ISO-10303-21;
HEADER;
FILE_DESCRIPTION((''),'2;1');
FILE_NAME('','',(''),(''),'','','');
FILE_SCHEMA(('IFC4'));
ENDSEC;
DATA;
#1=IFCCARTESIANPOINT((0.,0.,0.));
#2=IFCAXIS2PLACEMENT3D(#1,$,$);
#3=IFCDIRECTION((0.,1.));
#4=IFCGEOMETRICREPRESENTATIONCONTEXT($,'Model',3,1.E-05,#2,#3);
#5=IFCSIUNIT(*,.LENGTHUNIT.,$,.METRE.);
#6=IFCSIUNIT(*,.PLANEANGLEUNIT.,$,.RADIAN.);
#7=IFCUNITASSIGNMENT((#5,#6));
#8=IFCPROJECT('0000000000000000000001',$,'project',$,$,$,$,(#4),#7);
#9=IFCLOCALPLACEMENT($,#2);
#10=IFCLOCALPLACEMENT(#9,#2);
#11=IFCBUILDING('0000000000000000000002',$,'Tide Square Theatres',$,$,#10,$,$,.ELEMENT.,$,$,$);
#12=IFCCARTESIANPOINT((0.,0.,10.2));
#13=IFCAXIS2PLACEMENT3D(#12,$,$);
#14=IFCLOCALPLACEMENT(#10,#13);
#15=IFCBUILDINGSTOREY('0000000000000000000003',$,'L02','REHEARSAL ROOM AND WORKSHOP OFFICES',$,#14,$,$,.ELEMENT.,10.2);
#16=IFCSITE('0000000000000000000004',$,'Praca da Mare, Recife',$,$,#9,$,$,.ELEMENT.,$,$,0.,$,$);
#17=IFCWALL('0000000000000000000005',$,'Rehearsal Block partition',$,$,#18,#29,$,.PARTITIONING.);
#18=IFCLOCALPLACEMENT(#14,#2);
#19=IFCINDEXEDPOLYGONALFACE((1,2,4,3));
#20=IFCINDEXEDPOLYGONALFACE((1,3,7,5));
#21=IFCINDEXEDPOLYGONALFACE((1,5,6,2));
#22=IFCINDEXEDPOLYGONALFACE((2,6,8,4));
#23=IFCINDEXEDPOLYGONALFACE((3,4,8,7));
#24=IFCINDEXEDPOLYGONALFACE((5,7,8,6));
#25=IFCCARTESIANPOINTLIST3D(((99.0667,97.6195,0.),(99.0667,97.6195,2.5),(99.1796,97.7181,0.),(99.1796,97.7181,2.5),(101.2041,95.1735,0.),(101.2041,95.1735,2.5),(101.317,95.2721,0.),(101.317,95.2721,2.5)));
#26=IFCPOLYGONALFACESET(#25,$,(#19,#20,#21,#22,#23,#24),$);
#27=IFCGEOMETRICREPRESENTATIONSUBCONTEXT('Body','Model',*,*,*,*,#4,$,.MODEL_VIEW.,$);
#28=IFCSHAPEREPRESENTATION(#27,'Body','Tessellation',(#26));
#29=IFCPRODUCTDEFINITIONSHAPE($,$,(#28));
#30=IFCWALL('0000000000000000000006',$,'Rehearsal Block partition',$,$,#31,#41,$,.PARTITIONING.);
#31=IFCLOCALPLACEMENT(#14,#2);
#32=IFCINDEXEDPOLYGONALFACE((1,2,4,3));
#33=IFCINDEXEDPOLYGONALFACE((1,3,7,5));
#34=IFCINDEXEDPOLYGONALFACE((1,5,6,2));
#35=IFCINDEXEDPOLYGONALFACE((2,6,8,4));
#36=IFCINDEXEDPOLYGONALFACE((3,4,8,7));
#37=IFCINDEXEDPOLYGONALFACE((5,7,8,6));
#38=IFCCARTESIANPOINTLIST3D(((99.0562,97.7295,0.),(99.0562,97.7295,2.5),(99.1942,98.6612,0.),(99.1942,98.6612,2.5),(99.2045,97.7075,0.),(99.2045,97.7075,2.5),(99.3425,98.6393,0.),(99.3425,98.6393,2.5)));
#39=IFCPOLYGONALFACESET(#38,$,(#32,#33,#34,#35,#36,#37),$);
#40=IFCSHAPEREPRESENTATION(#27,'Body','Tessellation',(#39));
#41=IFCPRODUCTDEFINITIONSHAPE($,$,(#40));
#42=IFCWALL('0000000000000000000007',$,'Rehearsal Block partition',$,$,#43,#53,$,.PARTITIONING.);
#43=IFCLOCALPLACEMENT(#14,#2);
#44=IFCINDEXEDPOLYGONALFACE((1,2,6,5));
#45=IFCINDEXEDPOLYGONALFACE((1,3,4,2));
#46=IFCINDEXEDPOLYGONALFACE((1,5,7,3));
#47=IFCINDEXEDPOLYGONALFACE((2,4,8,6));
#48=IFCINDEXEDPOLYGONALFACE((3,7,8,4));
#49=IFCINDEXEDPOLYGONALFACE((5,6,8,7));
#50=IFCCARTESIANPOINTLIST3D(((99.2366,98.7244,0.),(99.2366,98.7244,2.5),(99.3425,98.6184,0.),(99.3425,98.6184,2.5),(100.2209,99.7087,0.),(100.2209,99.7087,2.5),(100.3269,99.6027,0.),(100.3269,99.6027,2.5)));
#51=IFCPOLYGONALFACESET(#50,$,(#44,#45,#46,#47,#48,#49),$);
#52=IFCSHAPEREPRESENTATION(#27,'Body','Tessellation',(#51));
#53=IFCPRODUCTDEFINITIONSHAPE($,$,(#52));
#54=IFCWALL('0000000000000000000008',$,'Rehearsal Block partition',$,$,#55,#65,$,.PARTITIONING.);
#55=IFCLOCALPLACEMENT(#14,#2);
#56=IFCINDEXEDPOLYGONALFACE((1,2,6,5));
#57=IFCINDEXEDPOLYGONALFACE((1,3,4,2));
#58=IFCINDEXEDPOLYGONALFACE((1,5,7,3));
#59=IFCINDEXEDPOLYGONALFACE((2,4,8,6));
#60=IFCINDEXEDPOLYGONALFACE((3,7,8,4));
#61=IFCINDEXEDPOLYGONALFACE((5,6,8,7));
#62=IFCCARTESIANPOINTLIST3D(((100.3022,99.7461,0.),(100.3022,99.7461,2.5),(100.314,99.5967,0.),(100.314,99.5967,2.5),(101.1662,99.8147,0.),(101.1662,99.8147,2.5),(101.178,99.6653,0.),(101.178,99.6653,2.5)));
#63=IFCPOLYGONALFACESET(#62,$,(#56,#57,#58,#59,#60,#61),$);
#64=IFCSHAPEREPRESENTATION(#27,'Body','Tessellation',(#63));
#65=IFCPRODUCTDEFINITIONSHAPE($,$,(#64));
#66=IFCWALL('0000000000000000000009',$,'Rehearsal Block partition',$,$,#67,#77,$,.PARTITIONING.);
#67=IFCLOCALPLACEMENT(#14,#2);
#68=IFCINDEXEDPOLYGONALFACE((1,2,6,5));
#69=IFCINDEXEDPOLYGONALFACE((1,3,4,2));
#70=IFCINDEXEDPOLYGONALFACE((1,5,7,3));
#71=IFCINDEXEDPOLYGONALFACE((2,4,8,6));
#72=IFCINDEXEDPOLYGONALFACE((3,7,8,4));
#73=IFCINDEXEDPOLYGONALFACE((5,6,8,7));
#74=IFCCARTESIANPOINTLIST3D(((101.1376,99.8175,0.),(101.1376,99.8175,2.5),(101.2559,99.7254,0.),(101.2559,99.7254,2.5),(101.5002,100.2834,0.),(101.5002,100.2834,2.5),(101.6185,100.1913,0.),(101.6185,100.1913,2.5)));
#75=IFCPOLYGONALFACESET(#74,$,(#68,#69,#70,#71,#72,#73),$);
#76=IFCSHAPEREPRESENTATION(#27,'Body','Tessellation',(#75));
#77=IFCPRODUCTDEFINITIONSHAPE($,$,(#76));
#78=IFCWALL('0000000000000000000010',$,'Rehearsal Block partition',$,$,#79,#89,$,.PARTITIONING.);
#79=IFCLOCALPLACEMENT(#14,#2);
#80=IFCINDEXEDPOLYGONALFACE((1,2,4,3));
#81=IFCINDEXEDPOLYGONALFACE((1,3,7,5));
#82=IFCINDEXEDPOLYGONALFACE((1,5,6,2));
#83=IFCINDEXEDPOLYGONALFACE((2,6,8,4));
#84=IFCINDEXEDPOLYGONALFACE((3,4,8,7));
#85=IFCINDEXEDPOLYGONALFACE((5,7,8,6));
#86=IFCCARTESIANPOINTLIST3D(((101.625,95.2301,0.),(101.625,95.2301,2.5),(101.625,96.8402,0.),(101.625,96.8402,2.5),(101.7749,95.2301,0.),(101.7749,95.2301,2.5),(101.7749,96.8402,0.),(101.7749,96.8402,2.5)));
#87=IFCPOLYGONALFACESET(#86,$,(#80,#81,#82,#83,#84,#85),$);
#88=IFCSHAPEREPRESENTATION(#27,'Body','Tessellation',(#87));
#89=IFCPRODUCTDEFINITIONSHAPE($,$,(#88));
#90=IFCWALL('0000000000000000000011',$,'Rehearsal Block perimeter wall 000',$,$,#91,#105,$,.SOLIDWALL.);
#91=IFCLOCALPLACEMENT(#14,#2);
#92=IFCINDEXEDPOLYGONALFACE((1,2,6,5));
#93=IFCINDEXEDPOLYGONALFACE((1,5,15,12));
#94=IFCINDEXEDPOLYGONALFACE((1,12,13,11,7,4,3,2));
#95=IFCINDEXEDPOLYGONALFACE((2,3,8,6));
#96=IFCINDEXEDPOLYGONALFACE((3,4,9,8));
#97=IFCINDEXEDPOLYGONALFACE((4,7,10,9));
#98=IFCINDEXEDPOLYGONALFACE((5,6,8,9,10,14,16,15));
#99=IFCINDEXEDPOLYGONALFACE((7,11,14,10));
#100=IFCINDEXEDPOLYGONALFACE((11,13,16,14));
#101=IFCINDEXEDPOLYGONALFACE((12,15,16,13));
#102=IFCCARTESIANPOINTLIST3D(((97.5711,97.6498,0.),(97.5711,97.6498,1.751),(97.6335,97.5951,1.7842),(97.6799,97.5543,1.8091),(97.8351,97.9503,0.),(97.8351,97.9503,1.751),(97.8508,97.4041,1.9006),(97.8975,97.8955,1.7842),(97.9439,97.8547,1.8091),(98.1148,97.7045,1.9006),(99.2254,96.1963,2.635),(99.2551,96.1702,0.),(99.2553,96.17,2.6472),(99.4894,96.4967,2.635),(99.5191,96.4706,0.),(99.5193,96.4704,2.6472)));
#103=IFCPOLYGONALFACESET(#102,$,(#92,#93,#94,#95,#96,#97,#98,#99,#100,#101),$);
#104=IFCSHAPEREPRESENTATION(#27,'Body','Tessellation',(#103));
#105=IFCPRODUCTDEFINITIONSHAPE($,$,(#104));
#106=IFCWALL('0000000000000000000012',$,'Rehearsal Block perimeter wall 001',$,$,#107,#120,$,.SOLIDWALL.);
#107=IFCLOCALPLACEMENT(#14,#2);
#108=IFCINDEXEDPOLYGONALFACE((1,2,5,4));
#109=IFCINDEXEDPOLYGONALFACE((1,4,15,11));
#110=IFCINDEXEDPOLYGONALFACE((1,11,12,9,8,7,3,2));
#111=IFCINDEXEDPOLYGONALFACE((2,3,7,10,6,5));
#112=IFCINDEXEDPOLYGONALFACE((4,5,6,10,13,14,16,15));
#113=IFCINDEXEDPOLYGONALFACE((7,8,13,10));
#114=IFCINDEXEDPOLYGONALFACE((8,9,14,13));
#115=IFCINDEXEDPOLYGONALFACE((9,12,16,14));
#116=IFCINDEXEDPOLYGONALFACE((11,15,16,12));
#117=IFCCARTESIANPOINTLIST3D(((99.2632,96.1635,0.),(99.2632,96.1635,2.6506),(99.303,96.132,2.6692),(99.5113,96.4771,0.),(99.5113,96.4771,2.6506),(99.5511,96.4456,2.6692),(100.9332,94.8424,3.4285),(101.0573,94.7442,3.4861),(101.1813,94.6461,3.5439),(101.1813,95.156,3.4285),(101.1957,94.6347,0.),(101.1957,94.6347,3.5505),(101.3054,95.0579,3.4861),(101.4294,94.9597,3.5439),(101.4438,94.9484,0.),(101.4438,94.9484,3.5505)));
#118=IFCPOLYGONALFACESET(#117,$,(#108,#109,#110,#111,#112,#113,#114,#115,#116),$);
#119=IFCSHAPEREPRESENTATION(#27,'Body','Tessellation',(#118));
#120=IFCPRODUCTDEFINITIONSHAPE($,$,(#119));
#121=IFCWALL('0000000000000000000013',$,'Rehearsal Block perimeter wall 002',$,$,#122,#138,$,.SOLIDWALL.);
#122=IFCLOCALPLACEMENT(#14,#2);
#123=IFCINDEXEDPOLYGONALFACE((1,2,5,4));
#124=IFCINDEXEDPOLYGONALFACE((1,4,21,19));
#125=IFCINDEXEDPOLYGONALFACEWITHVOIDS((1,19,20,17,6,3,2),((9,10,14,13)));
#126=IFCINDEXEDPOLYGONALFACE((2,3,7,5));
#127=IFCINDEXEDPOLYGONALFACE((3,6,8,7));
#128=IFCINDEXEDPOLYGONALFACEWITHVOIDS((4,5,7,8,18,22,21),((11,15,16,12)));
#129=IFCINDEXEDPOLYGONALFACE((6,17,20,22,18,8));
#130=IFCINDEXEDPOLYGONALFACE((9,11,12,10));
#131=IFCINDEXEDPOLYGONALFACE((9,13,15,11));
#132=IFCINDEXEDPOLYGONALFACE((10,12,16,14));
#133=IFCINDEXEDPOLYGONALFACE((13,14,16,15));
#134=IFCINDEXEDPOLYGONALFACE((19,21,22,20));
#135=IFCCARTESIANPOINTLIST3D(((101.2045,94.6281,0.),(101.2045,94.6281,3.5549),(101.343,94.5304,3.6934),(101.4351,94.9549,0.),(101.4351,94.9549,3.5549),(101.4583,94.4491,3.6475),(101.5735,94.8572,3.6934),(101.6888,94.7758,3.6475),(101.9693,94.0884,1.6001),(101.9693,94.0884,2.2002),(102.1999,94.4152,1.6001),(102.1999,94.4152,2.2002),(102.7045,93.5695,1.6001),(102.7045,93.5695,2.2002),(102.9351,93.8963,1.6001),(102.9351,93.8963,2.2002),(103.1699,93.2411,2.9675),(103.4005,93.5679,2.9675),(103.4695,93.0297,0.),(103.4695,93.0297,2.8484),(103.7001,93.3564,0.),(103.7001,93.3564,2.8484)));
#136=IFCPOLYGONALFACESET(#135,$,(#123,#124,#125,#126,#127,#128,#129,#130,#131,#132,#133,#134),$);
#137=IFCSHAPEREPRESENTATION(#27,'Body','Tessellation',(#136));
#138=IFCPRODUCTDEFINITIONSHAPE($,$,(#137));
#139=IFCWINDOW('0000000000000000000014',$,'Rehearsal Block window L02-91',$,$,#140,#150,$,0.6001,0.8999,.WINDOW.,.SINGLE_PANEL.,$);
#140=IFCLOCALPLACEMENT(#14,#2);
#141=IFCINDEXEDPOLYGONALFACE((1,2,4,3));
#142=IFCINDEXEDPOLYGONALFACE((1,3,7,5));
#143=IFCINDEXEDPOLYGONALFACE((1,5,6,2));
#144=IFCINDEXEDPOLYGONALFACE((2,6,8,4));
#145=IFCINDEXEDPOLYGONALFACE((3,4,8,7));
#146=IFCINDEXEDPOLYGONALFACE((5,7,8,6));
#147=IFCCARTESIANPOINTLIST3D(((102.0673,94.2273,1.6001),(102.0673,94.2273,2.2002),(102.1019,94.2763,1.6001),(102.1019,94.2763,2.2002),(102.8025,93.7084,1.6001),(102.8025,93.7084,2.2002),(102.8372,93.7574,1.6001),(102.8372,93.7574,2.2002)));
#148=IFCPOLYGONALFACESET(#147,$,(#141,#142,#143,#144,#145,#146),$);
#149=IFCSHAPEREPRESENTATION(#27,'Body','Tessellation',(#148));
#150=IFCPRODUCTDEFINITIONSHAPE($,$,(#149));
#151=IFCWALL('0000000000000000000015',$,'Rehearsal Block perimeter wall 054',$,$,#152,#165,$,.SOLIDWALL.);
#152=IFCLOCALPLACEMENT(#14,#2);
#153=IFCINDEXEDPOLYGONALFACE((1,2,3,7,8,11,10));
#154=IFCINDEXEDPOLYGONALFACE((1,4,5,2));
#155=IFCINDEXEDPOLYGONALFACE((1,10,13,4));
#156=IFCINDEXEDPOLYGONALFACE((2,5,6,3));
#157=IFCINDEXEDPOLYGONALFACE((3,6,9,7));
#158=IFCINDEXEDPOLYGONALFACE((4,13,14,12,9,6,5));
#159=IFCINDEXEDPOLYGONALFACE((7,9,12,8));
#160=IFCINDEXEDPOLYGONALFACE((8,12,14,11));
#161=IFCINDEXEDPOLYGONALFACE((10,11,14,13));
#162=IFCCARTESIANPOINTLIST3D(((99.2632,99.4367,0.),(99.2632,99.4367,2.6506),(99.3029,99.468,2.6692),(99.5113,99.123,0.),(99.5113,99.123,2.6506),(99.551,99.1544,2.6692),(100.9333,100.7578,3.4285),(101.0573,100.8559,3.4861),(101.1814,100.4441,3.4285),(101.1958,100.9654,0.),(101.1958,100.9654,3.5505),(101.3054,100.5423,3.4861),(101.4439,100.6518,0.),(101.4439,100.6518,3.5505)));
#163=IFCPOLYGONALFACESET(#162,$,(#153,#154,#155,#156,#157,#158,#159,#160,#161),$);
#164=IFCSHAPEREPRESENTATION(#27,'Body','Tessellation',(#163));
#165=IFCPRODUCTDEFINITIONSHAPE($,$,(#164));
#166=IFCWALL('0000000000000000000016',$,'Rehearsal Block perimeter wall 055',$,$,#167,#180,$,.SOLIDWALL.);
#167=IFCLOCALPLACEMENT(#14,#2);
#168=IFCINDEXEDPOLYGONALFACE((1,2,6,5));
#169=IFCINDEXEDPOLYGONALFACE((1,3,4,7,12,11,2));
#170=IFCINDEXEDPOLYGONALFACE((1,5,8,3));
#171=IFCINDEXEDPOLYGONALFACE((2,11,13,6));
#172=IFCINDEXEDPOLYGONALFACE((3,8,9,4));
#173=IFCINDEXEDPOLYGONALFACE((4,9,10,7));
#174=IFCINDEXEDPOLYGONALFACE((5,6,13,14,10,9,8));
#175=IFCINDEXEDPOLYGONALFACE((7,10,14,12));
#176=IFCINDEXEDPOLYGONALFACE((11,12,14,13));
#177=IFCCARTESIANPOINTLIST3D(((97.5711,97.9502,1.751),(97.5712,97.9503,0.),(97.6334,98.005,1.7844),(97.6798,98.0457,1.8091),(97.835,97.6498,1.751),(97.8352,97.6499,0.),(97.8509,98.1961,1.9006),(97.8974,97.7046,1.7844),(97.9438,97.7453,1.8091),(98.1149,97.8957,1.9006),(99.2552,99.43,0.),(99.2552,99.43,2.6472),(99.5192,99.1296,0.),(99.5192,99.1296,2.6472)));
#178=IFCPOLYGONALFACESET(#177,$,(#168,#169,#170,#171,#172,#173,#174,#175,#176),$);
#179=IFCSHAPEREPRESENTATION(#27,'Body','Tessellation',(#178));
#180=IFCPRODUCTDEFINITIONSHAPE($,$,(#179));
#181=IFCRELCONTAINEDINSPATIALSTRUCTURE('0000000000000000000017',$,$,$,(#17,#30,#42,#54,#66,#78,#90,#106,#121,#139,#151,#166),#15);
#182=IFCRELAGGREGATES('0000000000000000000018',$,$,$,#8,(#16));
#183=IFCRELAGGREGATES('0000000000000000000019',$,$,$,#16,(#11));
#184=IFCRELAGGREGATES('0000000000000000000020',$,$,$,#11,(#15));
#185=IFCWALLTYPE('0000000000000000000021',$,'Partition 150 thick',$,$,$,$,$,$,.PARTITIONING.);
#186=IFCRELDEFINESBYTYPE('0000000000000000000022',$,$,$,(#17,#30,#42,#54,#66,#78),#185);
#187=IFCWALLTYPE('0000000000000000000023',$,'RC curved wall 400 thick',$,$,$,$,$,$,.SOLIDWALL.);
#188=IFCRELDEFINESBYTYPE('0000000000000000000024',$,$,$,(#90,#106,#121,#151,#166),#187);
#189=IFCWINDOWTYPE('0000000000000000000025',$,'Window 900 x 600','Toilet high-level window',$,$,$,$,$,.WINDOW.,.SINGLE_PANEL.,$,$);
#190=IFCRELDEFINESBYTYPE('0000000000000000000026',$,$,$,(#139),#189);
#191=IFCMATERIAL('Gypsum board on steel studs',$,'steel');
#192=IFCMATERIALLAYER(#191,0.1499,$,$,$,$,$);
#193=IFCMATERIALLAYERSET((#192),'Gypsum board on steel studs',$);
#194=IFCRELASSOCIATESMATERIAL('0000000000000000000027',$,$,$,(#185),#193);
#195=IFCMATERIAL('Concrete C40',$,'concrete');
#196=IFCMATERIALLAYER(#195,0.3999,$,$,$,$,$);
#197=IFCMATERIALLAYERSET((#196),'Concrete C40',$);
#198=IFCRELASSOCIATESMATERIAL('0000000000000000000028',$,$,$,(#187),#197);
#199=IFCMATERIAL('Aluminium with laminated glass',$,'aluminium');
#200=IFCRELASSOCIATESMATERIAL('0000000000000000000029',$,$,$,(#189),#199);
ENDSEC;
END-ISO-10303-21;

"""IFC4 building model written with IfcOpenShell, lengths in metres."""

from ifc_helpers import new_model, si_unit, direction, frame, frame_2d, origin, place, context, subcontext, project, spatial, polyline, rectangle, outline, extrude, material, layer, layer_set, type_object, element, fill, save


model = new_model("IFC4")

# Units and contexts
model_context = context("Model", 3, precision=1e-05, world=origin(), true_north=direction((0.0, 1.0)))
body_context = subcontext(model_context, "Body", "Model", "MODEL_VIEW")
ifc_project = project(units=[si_unit("LENGTHUNIT", "METRE"), si_unit("PLANEANGLEUNIT", "RADIAN")], contexts=[model_context])

# Site, building, storey
site_placement = place(None, origin())
site = spatial("IfcSite", under=ifc_project, at=site_placement, Name="Praca da Mare, Recife", CompositionType="ELEMENT", RefElevation=0.0)
building_placement = place(site_placement, origin())
building = spatial("IfcBuilding", under=site, at=building_placement, Name="Tide Square Theatres", CompositionType="ELEMENT")
storey_placement = place(building_placement, frame((0.0, 0.0, 10.2)))
storey = spatial("IfcBuildingStorey", under=building, at=storey_placement, Name="L02", Description="REHEARSAL ROOM AND WORKSHOP OFFICES", CompositionType="ELEMENT", Elevation=10.2)

# Walls
ifc_material_1 = material(Name="Gypsum board on steel studs", Category="steel")
ifc_layer_1 = layer(ifc_material_1, 0.1499)
ifc_layer_set_1 = layer_set([ifc_layer_1], Name="Gypsum board on steel studs")
wall_type_1 = type_object("IfcWallType", Name="Partition 150 thick", PredefinedType="PARTITIONING", material=ifc_layer_set_1)
wall_1_placement = place(storey_placement, frame((101.2605, 95.2229, 0.0), z_axis=(0.0, 0.0, 1.0), x_axis=(-0.65801, 0.75301, 0.0)))
element("IfcWall", 1, at=wall_1_placement, inside=storey, type_object=wall_type_1, Name="Rehearsal Block partition", PredefinedType="PARTITIONING", context=body_context, shape_type="SweptSolid", body=[
    extrude(rectangle(XDim=3.2483, YDim=0.1499, at=frame_2d((1.624, 0.0))), origin(), (0.0, 0.0, 1.0), 2.5),
])
wall_2_placement = place(storey_placement, frame((99.1304, 97.7185, 0.0), z_axis=(0.0, 0.0, 1.0), x_axis=(0.146464, 0.989216, 0.0)))
element("IfcWall", 2, at=wall_2_placement, inside=storey, type_object=wall_type_1, Name="Rehearsal Block partition", PredefinedType="PARTITIONING", context=body_context, shape_type="SweptSolid", body=[
    extrude(rectangle(XDim=0.9419, YDim=0.1499, at=frame_2d((0.4709, 0.0))), origin(), (0.0, 0.0, 1.0), 2.5),
])
wall_3_placement = place(storey_placement, frame((99.2896, 98.6714, 0.0), z_axis=(0.0, 0.0, 1.0), x_axis=(0.707107, 0.707107, 0.0)))
element("IfcWall", 3, at=wall_3_placement, inside=storey, type_object=wall_type_1, Name="Rehearsal Block partition", PredefinedType="PARTITIONING", context=body_context, shape_type="SweptSolid", body=[
    extrude(rectangle(XDim=1.3921, YDim=0.1499, at=frame_2d((0.696, 0.0))), origin(), (0.0, 0.0, 1.0), 2.5),
])
wall_4_placement = place(storey_placement, frame((100.3081, 99.6714, 0.0), z_axis=(0.0, 0.0, 1.0), x_axis=(0.996863, 0.079152, 0.0)))
element("IfcWall", 4, at=wall_4_placement, inside=storey, type_object=wall_type_1, Name="Rehearsal Block partition", PredefinedType="PARTITIONING", context=body_context, shape_type="SweptSolid", body=[
    extrude(rectangle(XDim=0.8667, YDim=0.1499, at=frame_2d((0.4333, 0.0))), origin(), (0.0, 0.0, 1.0), 2.5),
])
wall_5_placement = place(storey_placement, frame((101.1968, 99.7715, 0.0), z_axis=(0.0, 0.0, 1.0), x_axis=(0.614198, 0.789152, 0.0)))
element("IfcWall", 5, at=wall_5_placement, inside=storey, type_object=wall_type_1, Name="Rehearsal Block partition", PredefinedType="PARTITIONING", context=body_context, shape_type="SweptSolid", body=[
    extrude(rectangle(XDim=0.5903, YDim=0.1499, at=frame_2d((0.2952, 0.0))), origin(), (0.0, 0.0, 1.0), 2.5),
])
wall_6_placement = place(storey_placement, frame((101.7, 95.23, 0.0), z_axis=(0.0, 0.0, 1.0), x_axis=(0.0, 1.0, 0.0)))
element("IfcWall", 6, at=wall_6_placement, inside=storey, type_object=wall_type_1, Name="Rehearsal Block partition", PredefinedType="PARTITIONING", context=body_context, shape_type="SweptSolid", body=[
    extrude(rectangle(XDim=1.6101, YDim=0.1499, at=frame_2d((0.8052, 0.0))), origin(), (0.0, 0.0, 1.0), 2.5),
])
ifc_material_2 = material(Name="Concrete C40", Category="concrete")
ifc_layer_2 = layer(ifc_material_2, 0.3999)
ifc_layer_set_2 = layer_set([ifc_layer_2], Name="Concrete C40")
wall_type_2 = type_object("IfcWallType", Name="RC curved wall 400 thick", PredefinedType="SOLIDWALL", material=ifc_layer_set_2)
wall_7_placement = place(storey_placement, frame((97.7031, 97.8, 0.0), z_axis=(0.0, 0.0, 1.0), x_axis=(0.751212, -0.660061, 0.0)))
element("IfcWall", 7, at=wall_7_placement, inside=storey, type_object=wall_type_2, Name="Rehearsal Block perimeter wall 000", PredefinedType="SOLIDWALL", context=body_context, shape_type="SweptSolid", body=[
    extrude(outline(polyline([(0.0, 0.0), (2.2417, 0.0), (2.2419, 2.6472), (2.2021, 2.635), (0.3723, 1.9006), (0.1448, 1.8091), (0.083, 1.7842), (0.0, 1.751), (0.0, 0.0)])), frame((0.0, 0.2, 0.0), z_axis=(0.0, -1.0, 0.0), x_axis=(1.0, 0.0, 0.0)), (0.0, 0.0, 1.0), 0.3999),
])
wall_8_placement = place(storey_placement, frame((99.3872, 96.3203, 0.0), z_axis=(0.0, 0.0, 1.0), x_axis=(0.784279, -0.620409, 0.0)))
element("IfcWall", 8, at=wall_8_placement, inside=storey, type_object=wall_type_2, Name="Rehearsal Block perimeter wall 001", PredefinedType="SOLIDWALL", context=body_context, shape_type="SweptSolid", body=[
    extrude(outline(polyline([(0.0, 0.0), (2.4641, 0.0), (2.4641, 3.5505), (2.4458, 3.5439), (2.2876, 3.4861), (2.1294, 3.4285), (0.0508, 2.6692), (0.0, 2.6506), (0.0, 0.0)])), frame((0.0, 0.2, 0.0), z_axis=(0.0, -1.0, 0.0), x_axis=(1.0, 0.0, 0.0)), (0.0, 0.0, 1.0), 0.3999),
])

# Wall, opening, window
wall_9_placement = place(storey_placement, frame((101.3198, 94.7915, 0.0), z_axis=(0.0, 0.0, 1.0), x_axis=(0.817029, -0.576597, 0.0)))
wall_9 = element("IfcWall", 9, at=wall_9_placement, inside=storey, type_object=wall_type_2, Name="Rehearsal Block perimeter wall 002", PredefinedType="SOLIDWALL", context=body_context, shape_type="SweptSolid", body=[
    extrude(outline(polyline([(0.0, 0.0), (2.7722, 0.0), (2.7722, 2.8484), (2.4055, 2.9675), (0.3105, 3.6475), (0.1694, 3.6934), (0.0, 3.5549), (0.0, 0.0)])), frame((0.0, 0.2, 0.0), z_axis=(0.0, -1.0, 0.0), x_axis=(1.0, 0.0, 0.0)), (0.0, 0.0, 1.0), 0.3999),
])
opening_placement = place(wall_9_placement, frame((0.936, 0.0, 1.6001)))
opening = element("IfcOpeningElement", 10, at=opening_placement, cuts=wall_9, PredefinedType="OPENING", context=body_context, shape_type="SweptSolid", body=[
    extrude(rectangle(XDim=0.8999, YDim=0.6001, at=frame_2d((0.45, 0.3))), frame((0.0, 0.21, 0.0), z_axis=(0.0, -1.0, 0.0), x_axis=(1.0, 0.0, 0.0)), (0.0, 0.0, 1.0), 0.4199),
])
ifc_material_3 = material(Name="Aluminium with laminated glass", Category="aluminium")
window_type = type_object("IfcWindowType", Name="Window 900 x 600", Description="Toilet high-level window", PartitioningType="SINGLE_PANEL", PredefinedType="WINDOW", material=ifc_material_3)
window_placement = place(opening_placement, origin())
window = element("IfcWindow", 11, at=window_placement, inside=storey, type_object=window_type, Name="Rehearsal Block window L02-91", OverallHeight=0.6001, OverallWidth=0.8999, PartitioningType="SINGLE_PANEL", PredefinedType="WINDOW", context=body_context, shape_type="SweptSolid", body=[
    extrude(rectangle(XDim=0.8999, YDim=0.6001, at=frame_2d((0.45, 0.3))), frame((0.0, 0.03, 0.0), z_axis=(0.0, -1.0, 0.0), x_axis=(1.0, 0.0, 0.0)), (0.0, 0.0, 1.0), 0.0601),
])
fill(opening, window)

# Walls
wall_10_placement = place(storey_placement, frame((101.3198, 100.8086, 0.0), z_axis=(0.0, 0.0, 1.0), x_axis=(-0.784279, -0.620409, 0.0)))
element("IfcWall", 12, at=wall_10_placement, inside=storey, type_object=wall_type_2, Name="Rehearsal Block perimeter wall 054", PredefinedType="SOLIDWALL", context=body_context, shape_type="SweptSolid", body=[
    extrude(outline(polyline([(0.0, 0.0), (2.4641, 0.0), (2.4641, 2.6506), (2.4136, 2.6692), (0.3347, 3.4285), (0.1765, 3.4861), (0.0, 3.5505), (0.0, 0.0)])), frame((0.0, 0.2, 0.0), z_axis=(0.0, -1.0, 0.0), x_axis=(1.0, 0.0, 0.0)), (0.0, 0.0, 1.0), 0.3999),
])
wall_11_placement = place(storey_placement, frame((99.3872, 99.2798, 0.0), z_axis=(0.0, 0.0, 1.0), x_axis=(-0.751212, -0.660061, 0.0)))
element("IfcWall", 13, at=wall_11_placement, inside=storey, type_object=wall_type_2, Name="Rehearsal Block perimeter wall 055", PredefinedType="SOLIDWALL", context=body_context, shape_type="SweptSolid", body=[
    extrude(outline(polyline([(0.0, 0.0), (2.2417, 0.0), (2.2419, 1.751), (2.1589, 1.7844), (2.0972, 1.8091), (1.8694, 1.9006), (0.0, 2.6472), (0.0, 0.0)])), frame((0.0, 0.2, 0.0), z_axis=(0.0, -1.0, 0.0), x_axis=(1.0, 0.0, 0.0)), (0.0, 0.0, 1.0), 0.3999),
])

save(model, "model.ifc")
